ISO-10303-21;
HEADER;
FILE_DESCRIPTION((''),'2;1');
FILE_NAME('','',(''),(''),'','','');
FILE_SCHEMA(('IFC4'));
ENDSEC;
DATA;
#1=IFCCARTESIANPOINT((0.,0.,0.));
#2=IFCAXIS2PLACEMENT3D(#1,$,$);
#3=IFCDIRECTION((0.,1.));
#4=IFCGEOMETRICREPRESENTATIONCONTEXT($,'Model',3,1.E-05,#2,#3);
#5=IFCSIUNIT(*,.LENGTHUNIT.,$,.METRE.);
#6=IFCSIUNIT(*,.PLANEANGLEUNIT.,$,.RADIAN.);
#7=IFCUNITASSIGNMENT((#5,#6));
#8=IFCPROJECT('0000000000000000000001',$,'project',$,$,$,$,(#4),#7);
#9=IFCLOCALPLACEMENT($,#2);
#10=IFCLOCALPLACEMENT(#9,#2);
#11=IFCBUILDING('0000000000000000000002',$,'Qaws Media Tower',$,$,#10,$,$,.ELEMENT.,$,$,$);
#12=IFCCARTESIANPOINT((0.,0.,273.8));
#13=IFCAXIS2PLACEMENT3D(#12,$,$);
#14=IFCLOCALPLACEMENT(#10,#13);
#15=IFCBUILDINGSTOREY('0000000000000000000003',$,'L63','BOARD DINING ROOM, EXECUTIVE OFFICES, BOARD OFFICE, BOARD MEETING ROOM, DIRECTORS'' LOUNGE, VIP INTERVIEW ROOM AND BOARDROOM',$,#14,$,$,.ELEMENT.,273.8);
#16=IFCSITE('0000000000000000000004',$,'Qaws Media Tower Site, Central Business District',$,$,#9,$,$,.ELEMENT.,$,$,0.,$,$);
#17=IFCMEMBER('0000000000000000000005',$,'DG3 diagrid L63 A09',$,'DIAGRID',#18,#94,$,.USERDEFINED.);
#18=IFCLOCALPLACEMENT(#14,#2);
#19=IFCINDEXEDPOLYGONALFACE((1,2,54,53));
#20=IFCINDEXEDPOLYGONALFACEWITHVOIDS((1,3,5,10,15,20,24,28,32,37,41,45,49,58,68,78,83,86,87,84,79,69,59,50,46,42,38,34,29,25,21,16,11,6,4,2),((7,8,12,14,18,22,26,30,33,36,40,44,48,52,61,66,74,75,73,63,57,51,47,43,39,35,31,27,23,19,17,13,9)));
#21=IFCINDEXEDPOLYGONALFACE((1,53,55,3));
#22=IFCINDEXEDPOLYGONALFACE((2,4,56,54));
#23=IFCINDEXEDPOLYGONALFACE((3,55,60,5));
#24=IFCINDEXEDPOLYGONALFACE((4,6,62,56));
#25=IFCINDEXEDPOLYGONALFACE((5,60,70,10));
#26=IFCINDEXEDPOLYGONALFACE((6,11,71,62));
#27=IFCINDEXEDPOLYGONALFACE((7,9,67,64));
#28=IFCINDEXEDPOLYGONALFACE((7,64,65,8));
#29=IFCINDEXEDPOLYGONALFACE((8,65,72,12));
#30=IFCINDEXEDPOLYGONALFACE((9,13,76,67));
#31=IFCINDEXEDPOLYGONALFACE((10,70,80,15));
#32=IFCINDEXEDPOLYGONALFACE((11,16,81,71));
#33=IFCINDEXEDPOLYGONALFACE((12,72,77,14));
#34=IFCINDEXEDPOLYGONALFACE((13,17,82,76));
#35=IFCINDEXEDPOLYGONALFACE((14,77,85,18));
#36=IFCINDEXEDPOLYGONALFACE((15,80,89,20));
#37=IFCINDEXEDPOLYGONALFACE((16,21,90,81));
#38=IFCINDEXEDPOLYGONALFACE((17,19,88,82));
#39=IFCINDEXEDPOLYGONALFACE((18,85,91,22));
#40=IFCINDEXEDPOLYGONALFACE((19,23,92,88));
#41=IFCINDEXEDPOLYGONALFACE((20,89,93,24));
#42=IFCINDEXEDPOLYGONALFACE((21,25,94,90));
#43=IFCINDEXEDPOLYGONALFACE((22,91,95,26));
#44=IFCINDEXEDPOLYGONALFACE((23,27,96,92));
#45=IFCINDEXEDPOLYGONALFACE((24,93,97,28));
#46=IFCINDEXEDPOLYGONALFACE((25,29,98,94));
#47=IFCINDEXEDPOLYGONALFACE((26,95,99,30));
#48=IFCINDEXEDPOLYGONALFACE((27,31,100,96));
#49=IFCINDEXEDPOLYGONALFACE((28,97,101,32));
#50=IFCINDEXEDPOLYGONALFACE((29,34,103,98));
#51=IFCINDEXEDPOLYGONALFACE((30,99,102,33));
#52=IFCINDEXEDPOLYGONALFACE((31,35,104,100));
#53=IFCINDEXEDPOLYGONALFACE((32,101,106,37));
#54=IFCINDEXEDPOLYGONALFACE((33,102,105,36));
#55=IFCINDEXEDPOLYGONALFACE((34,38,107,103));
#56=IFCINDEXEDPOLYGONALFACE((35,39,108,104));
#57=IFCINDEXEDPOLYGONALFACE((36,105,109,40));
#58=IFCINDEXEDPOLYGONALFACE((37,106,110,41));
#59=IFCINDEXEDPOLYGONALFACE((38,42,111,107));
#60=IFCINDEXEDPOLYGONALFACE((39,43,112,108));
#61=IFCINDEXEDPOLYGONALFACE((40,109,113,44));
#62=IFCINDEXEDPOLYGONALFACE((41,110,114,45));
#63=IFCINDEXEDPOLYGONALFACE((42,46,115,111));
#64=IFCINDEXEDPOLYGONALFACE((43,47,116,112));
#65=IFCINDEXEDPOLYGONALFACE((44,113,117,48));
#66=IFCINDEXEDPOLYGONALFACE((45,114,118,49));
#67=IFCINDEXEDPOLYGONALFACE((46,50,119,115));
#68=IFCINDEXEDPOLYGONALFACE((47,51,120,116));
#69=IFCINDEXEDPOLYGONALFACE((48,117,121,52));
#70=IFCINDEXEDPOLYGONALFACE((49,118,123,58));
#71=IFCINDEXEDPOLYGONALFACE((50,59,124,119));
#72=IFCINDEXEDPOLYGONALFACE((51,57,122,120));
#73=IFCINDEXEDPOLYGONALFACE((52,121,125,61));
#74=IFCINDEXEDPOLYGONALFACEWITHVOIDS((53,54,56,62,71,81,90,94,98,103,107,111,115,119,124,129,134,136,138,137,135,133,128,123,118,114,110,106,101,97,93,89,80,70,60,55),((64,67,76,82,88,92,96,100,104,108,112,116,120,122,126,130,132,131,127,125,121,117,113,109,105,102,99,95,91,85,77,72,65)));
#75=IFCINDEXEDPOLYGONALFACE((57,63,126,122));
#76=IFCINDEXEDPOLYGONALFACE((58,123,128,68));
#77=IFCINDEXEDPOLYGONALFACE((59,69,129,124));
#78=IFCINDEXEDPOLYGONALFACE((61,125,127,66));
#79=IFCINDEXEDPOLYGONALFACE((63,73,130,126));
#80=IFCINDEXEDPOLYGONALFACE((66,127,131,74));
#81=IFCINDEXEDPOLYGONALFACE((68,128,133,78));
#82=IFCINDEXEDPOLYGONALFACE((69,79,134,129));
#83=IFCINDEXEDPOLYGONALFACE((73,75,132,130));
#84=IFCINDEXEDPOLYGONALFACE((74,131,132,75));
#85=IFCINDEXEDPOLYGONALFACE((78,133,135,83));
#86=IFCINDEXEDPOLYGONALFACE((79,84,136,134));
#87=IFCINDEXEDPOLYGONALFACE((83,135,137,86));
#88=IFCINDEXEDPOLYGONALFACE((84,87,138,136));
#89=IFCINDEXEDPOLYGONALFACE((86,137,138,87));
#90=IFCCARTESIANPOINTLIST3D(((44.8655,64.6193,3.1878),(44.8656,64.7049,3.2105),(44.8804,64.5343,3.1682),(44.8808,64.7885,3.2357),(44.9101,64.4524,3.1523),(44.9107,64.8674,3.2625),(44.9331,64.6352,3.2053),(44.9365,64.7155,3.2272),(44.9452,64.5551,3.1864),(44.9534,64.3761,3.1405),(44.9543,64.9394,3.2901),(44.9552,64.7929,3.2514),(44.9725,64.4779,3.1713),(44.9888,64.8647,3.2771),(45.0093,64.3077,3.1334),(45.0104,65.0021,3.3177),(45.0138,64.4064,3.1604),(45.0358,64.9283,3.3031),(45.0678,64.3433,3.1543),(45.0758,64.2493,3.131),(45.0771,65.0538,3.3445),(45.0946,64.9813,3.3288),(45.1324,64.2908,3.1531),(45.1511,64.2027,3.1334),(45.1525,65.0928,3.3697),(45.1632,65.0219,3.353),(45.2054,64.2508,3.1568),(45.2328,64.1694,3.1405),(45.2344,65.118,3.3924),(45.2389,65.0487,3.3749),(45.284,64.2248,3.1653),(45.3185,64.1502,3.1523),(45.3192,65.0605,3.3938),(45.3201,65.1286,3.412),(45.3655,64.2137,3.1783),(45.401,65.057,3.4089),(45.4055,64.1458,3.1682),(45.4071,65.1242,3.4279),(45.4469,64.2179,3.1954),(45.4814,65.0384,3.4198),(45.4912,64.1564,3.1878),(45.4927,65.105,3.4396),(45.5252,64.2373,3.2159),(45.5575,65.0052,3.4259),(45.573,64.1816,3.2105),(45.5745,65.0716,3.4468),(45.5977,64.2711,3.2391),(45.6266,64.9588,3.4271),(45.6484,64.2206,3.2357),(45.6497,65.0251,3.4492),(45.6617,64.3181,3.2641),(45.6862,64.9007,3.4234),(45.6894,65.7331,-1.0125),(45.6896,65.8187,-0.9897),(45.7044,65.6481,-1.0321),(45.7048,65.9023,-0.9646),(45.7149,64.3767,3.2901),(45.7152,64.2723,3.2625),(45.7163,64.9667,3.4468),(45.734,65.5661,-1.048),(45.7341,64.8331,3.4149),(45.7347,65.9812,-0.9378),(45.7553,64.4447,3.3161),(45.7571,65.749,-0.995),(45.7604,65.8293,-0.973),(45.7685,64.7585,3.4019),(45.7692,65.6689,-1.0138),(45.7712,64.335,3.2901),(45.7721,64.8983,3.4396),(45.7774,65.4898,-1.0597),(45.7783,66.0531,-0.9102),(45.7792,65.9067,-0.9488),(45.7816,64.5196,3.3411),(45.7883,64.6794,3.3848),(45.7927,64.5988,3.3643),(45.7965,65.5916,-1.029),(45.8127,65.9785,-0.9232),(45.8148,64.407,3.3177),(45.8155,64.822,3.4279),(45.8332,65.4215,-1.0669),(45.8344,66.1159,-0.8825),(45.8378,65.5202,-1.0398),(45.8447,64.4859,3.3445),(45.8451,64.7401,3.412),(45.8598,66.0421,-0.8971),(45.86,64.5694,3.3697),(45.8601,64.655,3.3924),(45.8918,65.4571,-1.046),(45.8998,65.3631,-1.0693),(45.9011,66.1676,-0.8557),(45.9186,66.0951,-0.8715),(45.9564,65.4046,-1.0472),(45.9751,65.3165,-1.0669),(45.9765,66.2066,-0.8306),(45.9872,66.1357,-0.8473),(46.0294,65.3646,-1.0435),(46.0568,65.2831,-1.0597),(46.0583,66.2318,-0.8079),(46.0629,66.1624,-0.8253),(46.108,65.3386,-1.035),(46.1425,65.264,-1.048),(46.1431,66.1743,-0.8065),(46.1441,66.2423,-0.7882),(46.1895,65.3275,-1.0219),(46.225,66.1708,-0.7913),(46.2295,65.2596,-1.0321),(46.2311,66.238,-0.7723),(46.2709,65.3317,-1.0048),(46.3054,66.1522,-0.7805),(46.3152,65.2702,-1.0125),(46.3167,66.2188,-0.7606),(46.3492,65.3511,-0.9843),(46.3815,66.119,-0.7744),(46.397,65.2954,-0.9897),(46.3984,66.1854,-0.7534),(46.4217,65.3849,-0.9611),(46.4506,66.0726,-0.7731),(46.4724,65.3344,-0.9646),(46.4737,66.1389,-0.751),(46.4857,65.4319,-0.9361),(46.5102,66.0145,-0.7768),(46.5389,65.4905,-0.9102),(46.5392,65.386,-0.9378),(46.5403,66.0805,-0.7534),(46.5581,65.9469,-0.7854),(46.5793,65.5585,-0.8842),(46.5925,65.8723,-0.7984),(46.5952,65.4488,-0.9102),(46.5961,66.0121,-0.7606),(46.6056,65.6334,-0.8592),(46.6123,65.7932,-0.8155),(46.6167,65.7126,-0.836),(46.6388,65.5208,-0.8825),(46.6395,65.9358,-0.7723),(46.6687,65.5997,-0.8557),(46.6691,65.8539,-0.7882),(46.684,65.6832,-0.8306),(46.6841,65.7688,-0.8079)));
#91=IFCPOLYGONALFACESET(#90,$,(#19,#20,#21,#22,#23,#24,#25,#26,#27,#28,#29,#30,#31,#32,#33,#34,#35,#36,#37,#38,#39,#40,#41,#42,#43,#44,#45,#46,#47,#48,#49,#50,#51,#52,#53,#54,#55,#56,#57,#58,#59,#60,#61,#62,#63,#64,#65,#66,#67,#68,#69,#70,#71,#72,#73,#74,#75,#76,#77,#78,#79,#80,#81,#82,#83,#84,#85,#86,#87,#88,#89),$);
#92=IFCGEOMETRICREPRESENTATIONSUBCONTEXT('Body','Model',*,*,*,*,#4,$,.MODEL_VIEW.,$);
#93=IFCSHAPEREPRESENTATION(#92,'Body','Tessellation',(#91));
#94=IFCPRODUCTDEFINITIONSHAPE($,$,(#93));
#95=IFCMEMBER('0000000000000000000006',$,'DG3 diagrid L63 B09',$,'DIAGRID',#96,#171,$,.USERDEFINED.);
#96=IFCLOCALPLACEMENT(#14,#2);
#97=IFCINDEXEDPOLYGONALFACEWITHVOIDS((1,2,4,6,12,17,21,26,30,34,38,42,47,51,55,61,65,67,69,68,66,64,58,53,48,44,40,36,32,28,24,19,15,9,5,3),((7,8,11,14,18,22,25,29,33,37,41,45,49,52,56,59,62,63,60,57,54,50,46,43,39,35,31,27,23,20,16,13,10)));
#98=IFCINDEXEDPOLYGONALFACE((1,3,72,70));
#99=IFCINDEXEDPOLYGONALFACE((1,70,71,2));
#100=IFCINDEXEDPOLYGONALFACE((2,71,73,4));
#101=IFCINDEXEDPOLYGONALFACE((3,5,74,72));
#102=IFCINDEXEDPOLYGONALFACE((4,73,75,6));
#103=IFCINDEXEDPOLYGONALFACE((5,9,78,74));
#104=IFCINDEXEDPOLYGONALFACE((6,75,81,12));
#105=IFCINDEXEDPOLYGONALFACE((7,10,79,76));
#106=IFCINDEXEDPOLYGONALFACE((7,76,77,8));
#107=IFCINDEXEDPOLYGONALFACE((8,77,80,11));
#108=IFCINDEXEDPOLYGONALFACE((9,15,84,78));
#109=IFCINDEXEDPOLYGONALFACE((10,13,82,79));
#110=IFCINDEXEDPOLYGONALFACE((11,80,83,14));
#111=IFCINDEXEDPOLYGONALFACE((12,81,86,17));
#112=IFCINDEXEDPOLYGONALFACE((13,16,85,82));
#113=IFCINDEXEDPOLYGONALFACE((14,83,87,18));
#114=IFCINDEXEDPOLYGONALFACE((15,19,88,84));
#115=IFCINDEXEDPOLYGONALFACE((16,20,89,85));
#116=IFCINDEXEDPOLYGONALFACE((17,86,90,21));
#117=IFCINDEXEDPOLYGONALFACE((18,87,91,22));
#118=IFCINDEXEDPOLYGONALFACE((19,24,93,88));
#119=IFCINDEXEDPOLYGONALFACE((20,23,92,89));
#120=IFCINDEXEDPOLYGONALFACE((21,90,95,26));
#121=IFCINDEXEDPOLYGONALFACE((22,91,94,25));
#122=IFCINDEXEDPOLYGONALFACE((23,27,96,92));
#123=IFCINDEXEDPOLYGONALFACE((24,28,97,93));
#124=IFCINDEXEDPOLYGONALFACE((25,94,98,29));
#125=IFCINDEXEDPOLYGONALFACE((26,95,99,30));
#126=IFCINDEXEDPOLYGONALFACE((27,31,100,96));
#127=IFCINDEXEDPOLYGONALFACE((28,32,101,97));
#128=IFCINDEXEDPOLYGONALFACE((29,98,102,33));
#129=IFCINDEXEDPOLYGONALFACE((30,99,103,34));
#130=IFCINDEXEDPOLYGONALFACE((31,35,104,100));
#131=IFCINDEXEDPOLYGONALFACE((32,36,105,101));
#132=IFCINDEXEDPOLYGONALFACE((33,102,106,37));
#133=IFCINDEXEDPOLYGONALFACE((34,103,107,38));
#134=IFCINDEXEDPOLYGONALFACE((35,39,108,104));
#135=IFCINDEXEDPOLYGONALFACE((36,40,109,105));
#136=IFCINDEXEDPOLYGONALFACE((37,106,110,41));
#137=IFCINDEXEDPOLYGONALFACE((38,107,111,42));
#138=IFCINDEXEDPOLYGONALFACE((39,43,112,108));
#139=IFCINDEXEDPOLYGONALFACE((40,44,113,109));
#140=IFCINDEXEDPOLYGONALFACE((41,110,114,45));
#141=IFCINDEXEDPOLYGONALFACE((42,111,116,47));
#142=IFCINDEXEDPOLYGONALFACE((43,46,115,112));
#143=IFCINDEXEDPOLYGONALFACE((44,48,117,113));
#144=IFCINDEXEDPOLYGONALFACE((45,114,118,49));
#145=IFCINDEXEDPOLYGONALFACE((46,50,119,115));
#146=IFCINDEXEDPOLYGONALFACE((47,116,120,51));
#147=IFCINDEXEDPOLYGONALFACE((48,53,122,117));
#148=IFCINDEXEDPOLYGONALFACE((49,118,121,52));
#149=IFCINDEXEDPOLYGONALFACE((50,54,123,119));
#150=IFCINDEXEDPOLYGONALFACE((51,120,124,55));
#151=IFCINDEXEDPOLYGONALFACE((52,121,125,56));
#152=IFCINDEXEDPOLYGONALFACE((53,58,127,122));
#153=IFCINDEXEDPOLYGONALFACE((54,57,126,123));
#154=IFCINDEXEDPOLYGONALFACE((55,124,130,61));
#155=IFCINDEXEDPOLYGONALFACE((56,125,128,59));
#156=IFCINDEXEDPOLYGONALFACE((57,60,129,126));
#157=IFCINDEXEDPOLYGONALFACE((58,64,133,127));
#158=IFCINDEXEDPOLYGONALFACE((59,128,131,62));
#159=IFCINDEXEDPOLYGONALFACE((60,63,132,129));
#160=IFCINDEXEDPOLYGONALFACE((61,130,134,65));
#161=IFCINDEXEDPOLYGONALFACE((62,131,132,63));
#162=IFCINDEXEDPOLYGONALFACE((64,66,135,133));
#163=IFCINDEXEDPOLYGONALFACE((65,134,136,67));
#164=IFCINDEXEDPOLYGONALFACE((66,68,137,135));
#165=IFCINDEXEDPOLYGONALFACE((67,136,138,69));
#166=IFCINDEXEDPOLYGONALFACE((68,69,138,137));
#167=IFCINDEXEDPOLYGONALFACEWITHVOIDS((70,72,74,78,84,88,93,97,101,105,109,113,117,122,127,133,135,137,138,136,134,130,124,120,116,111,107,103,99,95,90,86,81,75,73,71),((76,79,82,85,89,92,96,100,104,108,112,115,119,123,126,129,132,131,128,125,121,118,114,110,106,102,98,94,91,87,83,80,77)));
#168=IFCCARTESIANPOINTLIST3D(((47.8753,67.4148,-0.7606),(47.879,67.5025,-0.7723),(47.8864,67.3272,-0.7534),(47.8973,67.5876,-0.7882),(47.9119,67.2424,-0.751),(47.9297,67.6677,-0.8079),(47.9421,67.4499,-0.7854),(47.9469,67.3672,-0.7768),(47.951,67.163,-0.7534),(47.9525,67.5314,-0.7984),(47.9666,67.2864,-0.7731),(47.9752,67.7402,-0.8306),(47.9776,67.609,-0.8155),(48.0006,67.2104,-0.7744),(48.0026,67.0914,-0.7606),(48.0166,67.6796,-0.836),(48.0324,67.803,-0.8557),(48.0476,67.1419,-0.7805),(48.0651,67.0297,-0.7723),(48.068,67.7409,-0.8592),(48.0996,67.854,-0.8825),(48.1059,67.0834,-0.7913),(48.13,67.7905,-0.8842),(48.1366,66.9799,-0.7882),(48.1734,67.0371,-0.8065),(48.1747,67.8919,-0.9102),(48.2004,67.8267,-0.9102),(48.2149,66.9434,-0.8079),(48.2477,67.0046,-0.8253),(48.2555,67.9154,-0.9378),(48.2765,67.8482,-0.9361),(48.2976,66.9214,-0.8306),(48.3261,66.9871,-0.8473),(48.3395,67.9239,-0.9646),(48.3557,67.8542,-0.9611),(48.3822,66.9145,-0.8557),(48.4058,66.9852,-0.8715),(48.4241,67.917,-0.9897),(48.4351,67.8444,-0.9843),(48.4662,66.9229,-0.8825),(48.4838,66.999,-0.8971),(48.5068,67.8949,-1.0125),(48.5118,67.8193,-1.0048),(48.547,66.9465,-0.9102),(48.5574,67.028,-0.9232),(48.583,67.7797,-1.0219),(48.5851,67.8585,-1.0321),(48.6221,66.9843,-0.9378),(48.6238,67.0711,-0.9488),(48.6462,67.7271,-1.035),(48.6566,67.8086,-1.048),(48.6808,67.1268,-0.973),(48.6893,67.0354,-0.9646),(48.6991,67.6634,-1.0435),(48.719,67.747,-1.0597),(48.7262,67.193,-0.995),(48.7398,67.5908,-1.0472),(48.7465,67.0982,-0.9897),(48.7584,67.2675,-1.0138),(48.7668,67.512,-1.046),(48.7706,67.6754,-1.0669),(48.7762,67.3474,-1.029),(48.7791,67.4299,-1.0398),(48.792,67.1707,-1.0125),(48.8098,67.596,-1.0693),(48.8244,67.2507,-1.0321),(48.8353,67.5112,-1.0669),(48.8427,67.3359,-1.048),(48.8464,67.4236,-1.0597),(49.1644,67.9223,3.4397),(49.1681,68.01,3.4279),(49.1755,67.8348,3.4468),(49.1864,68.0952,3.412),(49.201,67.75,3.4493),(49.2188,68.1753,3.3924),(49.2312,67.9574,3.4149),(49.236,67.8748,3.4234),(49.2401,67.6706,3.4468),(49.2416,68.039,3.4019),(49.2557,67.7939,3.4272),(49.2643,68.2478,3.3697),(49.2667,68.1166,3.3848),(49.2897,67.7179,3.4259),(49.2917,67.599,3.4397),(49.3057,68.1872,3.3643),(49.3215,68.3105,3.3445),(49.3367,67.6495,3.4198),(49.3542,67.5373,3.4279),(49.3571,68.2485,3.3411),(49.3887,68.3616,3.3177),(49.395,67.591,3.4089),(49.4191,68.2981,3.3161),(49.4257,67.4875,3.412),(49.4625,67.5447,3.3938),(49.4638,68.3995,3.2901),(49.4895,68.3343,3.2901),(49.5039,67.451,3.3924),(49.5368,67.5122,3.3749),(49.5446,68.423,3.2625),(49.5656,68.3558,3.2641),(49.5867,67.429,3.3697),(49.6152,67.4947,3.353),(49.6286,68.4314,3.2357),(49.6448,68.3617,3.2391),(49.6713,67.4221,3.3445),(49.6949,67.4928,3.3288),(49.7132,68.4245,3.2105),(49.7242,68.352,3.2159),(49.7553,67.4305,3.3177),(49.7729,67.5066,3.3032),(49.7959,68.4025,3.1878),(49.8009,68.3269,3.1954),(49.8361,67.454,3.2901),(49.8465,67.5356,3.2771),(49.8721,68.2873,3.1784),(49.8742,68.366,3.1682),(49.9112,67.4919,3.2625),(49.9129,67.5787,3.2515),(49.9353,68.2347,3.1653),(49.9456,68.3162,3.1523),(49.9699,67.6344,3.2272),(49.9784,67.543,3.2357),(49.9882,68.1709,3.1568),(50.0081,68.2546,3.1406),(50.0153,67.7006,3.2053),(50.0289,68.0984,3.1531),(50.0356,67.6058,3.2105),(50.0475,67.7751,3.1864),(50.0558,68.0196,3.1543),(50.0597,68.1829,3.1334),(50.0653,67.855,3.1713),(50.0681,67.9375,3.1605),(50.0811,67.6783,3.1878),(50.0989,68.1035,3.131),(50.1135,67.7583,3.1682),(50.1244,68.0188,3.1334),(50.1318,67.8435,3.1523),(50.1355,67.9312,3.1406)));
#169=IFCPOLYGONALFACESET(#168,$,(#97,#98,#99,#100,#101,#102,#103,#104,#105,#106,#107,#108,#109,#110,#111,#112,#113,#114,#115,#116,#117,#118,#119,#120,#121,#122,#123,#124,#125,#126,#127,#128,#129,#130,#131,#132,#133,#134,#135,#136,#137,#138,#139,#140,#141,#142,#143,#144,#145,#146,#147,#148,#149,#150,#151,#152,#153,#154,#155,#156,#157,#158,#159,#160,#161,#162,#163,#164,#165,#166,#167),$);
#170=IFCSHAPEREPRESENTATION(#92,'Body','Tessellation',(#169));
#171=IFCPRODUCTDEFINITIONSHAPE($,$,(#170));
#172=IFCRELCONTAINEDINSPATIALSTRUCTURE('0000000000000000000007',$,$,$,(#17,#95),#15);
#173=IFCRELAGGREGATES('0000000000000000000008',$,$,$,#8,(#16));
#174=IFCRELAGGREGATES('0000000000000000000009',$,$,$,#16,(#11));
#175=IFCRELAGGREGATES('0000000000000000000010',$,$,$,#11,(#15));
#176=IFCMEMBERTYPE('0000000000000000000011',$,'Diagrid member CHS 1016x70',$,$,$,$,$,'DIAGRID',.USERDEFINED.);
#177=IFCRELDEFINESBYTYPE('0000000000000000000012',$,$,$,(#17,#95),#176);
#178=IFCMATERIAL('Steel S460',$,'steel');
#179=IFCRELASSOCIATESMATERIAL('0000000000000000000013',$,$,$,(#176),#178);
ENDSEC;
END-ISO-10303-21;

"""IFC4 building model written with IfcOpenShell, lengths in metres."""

from ifc_helpers import new_model, si_unit, direction, frame, origin, origin_2d, place, context, subcontext, project, spatial, hollow_circle, extrude, material, material_profile, profile_set, type_object, element, save


model = new_model("IFC4")

# Units and contexts
model_context = context("Model", 3, precision=1e-05, world=origin(), true_north=direction((0.0, 1.0)))
body_context = subcontext(model_context, "Body", "Model", "MODEL_VIEW")
ifc_project = project(units=[si_unit("LENGTHUNIT", "METRE"), si_unit("PLANEANGLEUNIT", "RADIAN")], contexts=[model_context])

# Site, building, storey
site_placement = place(None, origin())
site = spatial("IfcSite", under=ifc_project, at=site_placement, Name="Qaws Media Tower Site, Central Business District", CompositionType="ELEMENT", RefElevation=0.0)
building_placement = place(site_placement, origin())
building = spatial("IfcBuilding", under=site, at=building_placement, Name="Qaws Media Tower", CompositionType="ELEMENT")
storey_placement = place(building_placement, frame((0.0, 0.0, 273.8)))
storey = spatial("IfcBuildingStorey", under=building, at=storey_placement, Name="L63", Description="BOARD DINING ROOM, EXECUTIVE OFFICES, BOARD OFFICE, BOARD MEETING ROOM, DIRECTORS' LOUNGE, VIP INTERVIEW ROOM AND BOARDROOM", CompositionType="ELEMENT", Elevation=273.8)

# Members
ifc_material_1 = material(Name="Steel S460", Category="steel")
ifc_material_profile_1 = material_profile(ifc_material_1, hollow_circle(Radius=0.5081, WallThickness=0.0701, at=origin_2d()), Name="CHS 1016x70")
ifc_profile_set_1 = profile_set([ifc_material_profile_1], Name="Steel S460")
member_type_1 = type_object("IfcMemberType", Name="Diagrid member CHS 1016x70", ElementType="DIAGRID", PredefinedType="USERDEFINED", material=ifc_profile_set_1)
for number, where, z_axis, x_axis, name in (
    (1, (46.1868, 65.751, -0.9102), (-0.186302, -0.251825, 0.949671), (0.803916, -0.594743, 0.0), "DG3 diagrid L63 A09"),
    (2, (48.3608, 67.4192, -0.9102), (0.29146, 0.114762, 0.949674), (-0.366372, 0.930468, 0.0), "DG3 diagrid L63 B09"),
):
    element("IfcMember", number, at=place(storey_placement, frame(where, z_axis=z_axis, x_axis=x_axis)), inside=storey, type_object=member_type_1, Name=name, ObjectType="DIAGRID", PredefinedType="USERDEFINED", context=body_context, shape_type="SweptSolid", body=[
        extrude(hollow_circle(Radius=0.5081, WallThickness=0.0701, at=origin_2d()), origin(), (0.0, 0.0, 1.0), 4.4229),
    ])

save(model, "model.ifc")
